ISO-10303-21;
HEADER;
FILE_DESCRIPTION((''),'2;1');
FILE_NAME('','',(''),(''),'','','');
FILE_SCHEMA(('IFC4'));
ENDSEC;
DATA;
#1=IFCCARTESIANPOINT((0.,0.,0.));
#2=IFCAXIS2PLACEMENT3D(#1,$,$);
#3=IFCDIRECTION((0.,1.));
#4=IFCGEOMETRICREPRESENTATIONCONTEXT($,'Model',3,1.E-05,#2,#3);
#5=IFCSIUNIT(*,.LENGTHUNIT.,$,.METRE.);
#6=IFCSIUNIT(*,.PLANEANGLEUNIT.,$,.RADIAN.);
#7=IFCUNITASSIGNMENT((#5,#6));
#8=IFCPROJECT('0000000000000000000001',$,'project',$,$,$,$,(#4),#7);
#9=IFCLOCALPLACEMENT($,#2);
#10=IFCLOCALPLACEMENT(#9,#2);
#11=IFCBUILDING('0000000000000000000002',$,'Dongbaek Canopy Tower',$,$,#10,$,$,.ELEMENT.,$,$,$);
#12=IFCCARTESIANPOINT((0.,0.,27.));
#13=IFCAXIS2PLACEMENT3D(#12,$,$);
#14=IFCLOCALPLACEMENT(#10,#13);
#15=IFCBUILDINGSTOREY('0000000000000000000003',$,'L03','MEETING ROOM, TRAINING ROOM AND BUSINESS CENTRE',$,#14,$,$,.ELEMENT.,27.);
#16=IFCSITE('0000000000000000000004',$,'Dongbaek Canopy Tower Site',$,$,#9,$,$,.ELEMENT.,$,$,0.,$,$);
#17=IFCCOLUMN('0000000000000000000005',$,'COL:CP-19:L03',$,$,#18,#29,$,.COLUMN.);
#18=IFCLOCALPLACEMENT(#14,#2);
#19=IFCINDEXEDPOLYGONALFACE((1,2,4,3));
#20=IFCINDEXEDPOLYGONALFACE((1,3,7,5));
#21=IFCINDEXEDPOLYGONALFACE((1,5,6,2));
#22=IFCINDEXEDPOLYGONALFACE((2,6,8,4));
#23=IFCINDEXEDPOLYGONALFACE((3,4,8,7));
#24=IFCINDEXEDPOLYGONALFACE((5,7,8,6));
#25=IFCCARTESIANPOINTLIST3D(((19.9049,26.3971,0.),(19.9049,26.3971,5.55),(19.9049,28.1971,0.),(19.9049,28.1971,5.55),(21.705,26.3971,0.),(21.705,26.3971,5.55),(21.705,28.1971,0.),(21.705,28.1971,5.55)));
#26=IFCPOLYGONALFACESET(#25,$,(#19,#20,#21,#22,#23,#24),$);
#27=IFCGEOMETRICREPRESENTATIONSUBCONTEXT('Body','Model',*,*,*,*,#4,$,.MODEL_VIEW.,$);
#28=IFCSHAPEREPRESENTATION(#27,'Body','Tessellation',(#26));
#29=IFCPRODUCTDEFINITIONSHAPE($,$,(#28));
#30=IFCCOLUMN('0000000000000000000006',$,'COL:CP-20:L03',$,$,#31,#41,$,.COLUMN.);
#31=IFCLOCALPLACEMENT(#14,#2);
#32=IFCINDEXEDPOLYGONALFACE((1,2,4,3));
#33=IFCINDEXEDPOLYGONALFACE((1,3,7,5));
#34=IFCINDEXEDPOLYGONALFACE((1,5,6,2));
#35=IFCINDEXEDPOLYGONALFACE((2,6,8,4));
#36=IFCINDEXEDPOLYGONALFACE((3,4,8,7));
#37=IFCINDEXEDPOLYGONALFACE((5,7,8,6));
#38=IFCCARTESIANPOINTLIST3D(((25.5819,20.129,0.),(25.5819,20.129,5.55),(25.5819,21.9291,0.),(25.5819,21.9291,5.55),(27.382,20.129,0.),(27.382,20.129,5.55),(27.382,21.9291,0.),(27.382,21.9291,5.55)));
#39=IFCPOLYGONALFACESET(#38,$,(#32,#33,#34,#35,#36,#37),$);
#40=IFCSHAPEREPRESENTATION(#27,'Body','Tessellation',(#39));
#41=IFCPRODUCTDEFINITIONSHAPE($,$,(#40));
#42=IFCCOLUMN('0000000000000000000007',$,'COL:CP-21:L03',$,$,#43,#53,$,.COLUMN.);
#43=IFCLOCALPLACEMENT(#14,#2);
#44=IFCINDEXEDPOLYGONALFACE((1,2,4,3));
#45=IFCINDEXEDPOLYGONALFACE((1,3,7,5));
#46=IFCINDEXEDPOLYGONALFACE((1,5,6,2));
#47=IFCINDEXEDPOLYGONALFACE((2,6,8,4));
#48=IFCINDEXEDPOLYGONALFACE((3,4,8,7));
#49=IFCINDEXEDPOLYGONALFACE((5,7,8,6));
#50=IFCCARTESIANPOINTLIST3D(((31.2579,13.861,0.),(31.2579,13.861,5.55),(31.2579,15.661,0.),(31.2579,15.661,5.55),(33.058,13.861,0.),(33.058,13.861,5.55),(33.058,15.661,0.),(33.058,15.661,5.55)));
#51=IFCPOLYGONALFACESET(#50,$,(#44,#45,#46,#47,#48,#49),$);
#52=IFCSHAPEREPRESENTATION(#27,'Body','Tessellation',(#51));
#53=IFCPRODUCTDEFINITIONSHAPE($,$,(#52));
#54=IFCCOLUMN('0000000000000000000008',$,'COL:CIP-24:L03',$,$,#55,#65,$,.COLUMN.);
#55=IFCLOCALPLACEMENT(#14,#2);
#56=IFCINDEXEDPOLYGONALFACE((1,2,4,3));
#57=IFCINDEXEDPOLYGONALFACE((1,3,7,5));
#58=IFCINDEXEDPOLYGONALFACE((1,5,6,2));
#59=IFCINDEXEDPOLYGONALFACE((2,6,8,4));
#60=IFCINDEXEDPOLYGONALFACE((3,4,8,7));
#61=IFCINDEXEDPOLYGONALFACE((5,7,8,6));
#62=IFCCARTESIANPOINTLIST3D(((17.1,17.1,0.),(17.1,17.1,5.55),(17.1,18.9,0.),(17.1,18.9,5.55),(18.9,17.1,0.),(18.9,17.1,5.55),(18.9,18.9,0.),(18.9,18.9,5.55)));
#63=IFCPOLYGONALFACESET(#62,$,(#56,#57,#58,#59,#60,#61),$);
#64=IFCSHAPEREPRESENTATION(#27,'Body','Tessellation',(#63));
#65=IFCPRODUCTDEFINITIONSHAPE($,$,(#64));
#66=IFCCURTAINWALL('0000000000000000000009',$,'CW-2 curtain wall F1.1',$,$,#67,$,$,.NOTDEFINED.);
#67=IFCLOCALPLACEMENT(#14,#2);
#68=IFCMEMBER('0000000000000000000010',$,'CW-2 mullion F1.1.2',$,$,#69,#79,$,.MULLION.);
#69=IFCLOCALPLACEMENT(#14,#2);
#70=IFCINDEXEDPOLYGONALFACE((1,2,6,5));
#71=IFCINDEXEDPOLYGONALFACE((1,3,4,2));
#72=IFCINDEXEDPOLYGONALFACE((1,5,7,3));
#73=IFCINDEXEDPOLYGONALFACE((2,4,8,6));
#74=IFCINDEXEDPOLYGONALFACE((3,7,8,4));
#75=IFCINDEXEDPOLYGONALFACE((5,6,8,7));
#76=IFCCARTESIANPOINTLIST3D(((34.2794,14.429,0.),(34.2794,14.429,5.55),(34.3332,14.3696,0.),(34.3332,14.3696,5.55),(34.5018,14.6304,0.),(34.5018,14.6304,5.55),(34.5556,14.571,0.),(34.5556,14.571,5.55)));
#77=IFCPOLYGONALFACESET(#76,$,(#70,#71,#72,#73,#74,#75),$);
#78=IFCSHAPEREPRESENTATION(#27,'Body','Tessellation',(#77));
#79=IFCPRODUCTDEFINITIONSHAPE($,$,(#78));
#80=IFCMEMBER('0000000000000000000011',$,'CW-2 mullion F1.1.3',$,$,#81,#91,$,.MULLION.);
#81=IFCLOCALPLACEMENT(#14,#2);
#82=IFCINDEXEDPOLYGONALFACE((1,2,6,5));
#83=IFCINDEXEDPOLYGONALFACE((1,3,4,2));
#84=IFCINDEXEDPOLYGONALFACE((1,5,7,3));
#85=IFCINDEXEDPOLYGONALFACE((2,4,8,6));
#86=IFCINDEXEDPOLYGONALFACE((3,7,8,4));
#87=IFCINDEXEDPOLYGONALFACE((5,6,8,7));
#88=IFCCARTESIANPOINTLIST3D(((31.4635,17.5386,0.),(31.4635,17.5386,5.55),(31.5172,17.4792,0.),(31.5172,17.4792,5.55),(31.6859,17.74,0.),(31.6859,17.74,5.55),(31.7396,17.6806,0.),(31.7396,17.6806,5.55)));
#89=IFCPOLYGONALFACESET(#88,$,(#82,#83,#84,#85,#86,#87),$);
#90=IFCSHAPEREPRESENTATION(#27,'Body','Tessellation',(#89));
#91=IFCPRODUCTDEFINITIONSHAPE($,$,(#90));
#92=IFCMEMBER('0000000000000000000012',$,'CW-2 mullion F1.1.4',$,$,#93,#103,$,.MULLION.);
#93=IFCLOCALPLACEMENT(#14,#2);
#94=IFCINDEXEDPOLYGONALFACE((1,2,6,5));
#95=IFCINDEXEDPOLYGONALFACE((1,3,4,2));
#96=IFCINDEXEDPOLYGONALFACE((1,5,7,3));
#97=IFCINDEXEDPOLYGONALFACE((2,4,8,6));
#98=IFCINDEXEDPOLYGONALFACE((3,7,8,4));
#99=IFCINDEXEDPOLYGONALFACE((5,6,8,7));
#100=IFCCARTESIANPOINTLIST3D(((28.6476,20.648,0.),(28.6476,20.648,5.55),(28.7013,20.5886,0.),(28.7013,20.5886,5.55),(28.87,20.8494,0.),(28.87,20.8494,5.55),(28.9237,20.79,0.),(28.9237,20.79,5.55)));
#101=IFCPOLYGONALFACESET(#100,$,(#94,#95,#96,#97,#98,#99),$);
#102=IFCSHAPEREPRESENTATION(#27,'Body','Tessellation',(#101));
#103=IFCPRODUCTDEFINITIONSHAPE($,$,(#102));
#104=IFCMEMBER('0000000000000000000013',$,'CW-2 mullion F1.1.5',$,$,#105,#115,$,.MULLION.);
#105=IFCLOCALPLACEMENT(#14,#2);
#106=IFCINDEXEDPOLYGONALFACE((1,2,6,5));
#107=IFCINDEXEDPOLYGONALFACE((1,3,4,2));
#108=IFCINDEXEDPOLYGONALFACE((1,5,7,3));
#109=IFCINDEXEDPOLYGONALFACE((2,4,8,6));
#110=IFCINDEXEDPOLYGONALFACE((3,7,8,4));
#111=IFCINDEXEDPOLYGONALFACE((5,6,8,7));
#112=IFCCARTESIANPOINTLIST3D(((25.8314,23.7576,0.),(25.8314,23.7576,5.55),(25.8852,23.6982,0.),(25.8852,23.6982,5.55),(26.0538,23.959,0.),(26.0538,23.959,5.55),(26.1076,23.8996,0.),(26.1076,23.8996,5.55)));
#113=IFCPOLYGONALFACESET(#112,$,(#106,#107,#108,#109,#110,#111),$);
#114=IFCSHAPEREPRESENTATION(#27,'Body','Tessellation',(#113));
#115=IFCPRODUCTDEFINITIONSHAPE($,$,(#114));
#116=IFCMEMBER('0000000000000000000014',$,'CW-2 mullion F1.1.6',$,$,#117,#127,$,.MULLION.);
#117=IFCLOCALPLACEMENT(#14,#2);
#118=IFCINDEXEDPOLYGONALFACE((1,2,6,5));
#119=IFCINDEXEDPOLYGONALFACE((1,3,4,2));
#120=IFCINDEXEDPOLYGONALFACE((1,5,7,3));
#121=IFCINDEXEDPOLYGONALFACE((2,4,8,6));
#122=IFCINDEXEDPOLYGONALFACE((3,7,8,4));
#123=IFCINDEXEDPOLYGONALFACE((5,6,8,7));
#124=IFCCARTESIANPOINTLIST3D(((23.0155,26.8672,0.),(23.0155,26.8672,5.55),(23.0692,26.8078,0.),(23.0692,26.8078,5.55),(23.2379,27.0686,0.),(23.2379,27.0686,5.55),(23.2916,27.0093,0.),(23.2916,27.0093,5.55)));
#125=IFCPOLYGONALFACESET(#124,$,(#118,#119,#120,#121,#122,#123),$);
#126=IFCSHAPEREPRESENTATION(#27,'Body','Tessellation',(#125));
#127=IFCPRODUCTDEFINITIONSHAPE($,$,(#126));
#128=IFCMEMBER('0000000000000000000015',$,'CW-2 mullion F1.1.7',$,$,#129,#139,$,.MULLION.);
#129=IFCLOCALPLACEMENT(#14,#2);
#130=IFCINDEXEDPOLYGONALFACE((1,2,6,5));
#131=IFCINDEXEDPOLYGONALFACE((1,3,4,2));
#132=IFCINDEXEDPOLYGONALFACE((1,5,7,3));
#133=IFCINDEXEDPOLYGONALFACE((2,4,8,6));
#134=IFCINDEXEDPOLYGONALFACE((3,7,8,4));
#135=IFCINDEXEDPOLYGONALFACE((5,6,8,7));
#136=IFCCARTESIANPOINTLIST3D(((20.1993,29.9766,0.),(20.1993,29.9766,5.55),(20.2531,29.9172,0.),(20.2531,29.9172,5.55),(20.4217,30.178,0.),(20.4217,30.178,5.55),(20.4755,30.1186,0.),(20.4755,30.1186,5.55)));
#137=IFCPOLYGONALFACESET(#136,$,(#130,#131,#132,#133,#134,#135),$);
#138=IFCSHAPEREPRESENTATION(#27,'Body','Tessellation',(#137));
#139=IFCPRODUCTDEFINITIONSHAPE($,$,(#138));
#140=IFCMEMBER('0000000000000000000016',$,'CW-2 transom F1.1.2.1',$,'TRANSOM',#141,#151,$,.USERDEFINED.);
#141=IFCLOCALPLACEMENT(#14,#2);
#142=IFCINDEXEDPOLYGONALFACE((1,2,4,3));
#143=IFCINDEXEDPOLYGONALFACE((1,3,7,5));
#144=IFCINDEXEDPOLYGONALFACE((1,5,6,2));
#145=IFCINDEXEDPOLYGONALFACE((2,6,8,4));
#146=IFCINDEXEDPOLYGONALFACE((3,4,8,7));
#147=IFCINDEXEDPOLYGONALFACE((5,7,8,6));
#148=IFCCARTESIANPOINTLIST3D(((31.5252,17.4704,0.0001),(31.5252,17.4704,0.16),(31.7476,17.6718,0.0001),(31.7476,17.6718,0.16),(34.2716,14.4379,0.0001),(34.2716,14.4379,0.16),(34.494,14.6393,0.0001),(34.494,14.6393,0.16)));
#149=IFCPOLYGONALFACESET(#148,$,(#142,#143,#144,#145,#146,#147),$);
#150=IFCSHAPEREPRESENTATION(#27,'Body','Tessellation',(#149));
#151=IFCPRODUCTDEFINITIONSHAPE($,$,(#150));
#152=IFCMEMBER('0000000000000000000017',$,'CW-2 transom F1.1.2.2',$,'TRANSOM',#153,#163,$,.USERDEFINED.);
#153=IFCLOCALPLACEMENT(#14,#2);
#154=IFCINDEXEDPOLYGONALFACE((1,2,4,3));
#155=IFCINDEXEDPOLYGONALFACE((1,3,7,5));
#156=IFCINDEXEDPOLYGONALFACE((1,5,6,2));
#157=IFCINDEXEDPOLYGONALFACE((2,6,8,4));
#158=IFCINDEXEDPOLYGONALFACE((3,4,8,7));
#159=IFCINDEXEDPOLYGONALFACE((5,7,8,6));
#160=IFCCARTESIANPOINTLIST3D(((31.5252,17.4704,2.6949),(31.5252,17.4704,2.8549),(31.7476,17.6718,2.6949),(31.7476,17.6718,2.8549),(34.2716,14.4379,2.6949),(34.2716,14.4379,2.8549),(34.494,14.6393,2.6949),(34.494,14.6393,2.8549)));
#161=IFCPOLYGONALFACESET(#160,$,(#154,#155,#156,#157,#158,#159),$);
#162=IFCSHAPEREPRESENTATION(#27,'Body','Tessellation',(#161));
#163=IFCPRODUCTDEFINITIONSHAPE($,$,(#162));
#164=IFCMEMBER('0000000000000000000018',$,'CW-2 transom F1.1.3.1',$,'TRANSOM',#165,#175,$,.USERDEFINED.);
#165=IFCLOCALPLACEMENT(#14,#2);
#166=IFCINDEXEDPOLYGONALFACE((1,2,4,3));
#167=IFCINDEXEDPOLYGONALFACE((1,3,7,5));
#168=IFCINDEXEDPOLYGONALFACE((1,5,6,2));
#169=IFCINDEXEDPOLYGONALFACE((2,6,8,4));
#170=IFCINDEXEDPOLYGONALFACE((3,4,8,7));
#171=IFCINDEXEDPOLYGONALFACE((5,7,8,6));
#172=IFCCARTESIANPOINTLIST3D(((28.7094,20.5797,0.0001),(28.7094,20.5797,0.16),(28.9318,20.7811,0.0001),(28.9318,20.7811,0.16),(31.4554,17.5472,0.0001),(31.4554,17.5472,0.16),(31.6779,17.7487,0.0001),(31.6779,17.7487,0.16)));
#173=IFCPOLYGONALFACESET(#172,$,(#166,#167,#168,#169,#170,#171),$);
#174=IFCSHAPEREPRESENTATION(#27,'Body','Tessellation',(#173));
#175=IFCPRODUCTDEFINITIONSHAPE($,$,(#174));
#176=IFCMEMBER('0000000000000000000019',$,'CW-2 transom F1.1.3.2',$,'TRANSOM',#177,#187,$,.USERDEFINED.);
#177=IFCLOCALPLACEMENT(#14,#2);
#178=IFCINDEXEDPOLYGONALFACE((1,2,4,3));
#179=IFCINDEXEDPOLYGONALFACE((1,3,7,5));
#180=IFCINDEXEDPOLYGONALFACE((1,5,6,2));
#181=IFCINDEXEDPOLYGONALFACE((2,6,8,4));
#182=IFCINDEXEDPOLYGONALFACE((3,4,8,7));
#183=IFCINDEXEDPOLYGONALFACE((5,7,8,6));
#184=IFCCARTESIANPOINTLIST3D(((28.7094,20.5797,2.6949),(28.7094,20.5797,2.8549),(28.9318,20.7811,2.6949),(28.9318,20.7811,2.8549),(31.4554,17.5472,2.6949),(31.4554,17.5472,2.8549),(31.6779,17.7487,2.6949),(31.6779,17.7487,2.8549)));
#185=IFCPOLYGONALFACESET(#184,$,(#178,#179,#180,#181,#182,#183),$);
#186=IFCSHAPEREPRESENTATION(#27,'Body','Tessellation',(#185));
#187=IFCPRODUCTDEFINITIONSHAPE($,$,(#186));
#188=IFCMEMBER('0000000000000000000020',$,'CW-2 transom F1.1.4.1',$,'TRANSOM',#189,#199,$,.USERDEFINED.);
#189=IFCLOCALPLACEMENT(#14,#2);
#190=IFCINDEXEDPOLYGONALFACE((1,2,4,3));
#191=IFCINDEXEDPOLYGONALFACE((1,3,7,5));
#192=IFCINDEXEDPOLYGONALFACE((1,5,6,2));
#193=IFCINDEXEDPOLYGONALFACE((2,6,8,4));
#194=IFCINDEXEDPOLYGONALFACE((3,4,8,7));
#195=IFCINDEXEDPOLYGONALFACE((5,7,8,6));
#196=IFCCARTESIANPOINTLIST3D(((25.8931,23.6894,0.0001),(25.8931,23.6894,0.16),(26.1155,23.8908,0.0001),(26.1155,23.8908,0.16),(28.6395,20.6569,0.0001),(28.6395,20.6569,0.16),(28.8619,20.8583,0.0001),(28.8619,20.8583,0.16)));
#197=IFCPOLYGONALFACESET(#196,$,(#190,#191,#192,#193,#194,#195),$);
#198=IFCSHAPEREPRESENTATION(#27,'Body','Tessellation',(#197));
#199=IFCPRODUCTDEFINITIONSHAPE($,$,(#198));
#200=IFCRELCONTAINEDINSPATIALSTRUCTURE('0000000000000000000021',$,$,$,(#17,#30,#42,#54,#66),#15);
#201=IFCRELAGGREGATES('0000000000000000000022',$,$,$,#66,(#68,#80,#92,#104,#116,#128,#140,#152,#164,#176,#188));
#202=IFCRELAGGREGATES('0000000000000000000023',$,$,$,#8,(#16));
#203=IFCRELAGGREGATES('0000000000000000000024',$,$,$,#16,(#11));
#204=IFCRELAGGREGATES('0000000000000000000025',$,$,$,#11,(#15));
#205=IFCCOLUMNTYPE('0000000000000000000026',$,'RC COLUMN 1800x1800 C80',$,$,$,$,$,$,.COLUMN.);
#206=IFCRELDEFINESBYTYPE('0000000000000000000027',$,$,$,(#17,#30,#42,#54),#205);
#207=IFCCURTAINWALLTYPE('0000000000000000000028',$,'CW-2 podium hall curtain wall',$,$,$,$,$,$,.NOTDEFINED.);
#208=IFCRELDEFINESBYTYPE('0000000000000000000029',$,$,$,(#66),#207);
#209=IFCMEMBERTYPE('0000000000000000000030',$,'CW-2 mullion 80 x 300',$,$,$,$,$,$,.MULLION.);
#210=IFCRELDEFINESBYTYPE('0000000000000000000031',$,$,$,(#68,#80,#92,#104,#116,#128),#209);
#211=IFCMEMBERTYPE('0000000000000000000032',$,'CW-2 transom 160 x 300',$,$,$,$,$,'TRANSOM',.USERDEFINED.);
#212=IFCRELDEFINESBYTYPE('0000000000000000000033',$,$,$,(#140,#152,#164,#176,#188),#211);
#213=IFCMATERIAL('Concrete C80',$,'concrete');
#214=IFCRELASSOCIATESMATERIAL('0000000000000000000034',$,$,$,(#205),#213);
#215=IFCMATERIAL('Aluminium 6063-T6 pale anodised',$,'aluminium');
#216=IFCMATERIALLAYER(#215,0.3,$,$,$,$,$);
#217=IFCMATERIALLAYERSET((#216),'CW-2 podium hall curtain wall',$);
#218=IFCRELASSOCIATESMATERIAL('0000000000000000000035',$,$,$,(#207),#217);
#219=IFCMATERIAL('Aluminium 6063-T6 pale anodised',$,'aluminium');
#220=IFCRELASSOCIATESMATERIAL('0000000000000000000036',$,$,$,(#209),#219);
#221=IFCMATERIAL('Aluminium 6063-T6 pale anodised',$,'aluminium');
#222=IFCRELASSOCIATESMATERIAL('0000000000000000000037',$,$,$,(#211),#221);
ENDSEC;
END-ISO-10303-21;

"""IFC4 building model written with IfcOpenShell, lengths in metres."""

from ifc_helpers import new_model, si_unit, direction, frame, origin, origin_2d, place, context, subcontext, project, spatial, rectangle, extrude, material, layer, layer_set, material_profile, profile_set, type_object, element, aggregate, save


model = new_model("IFC4")

# Units and contexts
model_context = context("Model", 3, precision=1e-05, world=origin(), true_north=direction((0.0, 1.0)))
body_context = subcontext(model_context, "Body", "Model", "MODEL_VIEW")
ifc_project = project(units=[si_unit("LENGTHUNIT", "METRE"), si_unit("PLANEANGLEUNIT", "RADIAN")], contexts=[model_context])

# Site, building, storey
site_placement = place(None, origin())
site = spatial("IfcSite", under=ifc_project, at=site_placement, Name="Dongbaek Canopy Tower Site", CompositionType="ELEMENT", RefElevation=0.0)
building_placement = place(site_placement, origin())
building = spatial("IfcBuilding", under=site, at=building_placement, Name="Dongbaek Canopy Tower", CompositionType="ELEMENT")
storey_placement = place(building_placement, frame((0.0, 0.0, 27.0)))
storey = spatial("IfcBuildingStorey", under=building, at=storey_placement, Name="L03", Description="MEETING ROOM, TRAINING ROOM AND BUSINESS CENTRE", CompositionType="ELEMENT", Elevation=27.0)

# Columns
ifc_material_1 = material(Name="Concrete C80", Category="concrete")
ifc_material_profile_1 = material_profile(ifc_material_1, rectangle(XDim=1.8, YDim=1.8, at=origin_2d()), Name="RC COLUMN 1800x1800 C80")
ifc_profile_set_1 = profile_set([ifc_material_profile_1], Name="Concrete C80")
column_type = type_object("IfcColumnType", Name="RC COLUMN 1800x1800 C80", PredefinedType="COLUMN", material=ifc_profile_set_1)
for number, where, z_axis, x_axis, name in (
    (1, (20.8049, 27.2971, 0.0), (0.0, 0.0, 1.0), (1.0, 0.0, 0.0), "COL:CP-19:L03"),
    (2, (26.4819, 21.0291, 0.0), (0.0, 0.0, 1.0), (1.0, 0.0, 0.0), "COL:CP-20:L03"),
    (3, (32.158, 14.761, 0.0), (0.0, 0.0, 1.0), (1.0, 0.0, 0.0), "COL:CP-21:L03"),
    (4, (18.0, 18.0, 0.0), (0.0, 0.0, 1.0), (1.0, 0.0, 0.0), "COL:CIP-24:L03"),
):
    element("IfcColumn", number, at=place(storey_placement, frame(where, z_axis=z_axis, x_axis=x_axis)), inside=storey, type_object=column_type, Name=name, PredefinedType="COLUMN", context=body_context, shape_type="SweptSolid", body=[
        extrude(rectangle(XDim=1.8, YDim=1.8, at=origin_2d()), origin(), (0.0, 0.0, 1.0), 5.55),
    ])

# Curtain wall, members
ifc_material_2 = material(Name="Aluminium 6063-T6 pale anodised", Category="aluminium")
ifc_layer_1 = layer(ifc_material_2, 0.3)
ifc_layer_set_1 = layer_set([ifc_layer_1], Name="CW-2 podium hall curtain wall")
curtain_wall_type = type_object("IfcCurtainWallType", Name="CW-2 podium hall curtain wall", PredefinedType="NOTDEFINED", material=ifc_layer_set_1)
curtain_wall_placement = place(storey_placement, origin())
curtain_wall = element("IfcCurtainWall", 5, at=curtain_wall_placement, inside=storey, type_object=curtain_wall_type, Name="CW-2 curtain wall F1.1", PredefinedType="NOTDEFINED")
ifc_material_3 = material(Name="Aluminium 6063-T6 pale anodised", Category="aluminium")
ifc_material_profile_2 = material_profile(ifc_material_3, rectangle(XDim=0.3, YDim=0.0801, at=origin_2d()), Name="CW-2 mullion 80 x 300")
ifc_profile_set_2 = profile_set([ifc_material_profile_2], Name="Aluminium 6063-T6 pale anodised")
member_type_1 = type_object("IfcMemberType", Name="CW-2 mullion 80 x 300", PredefinedType="MULLION", material=ifc_profile_set_2)
member_1_placement = place(storey_placement, frame((34.4175, 14.5, 0.0), z_axis=(0.0, 0.0, 1.0), x_axis=(0.741222, 0.67126, 0.0)))
member_1 = element("IfcMember", 6, at=member_1_placement, type_object=member_type_1, Name="CW-2 mullion F1.1.2", PredefinedType="MULLION", context=body_context, shape_type="SweptSolid", body=[
    extrude(rectangle(XDim=0.3, YDim=0.0801, at=origin_2d()), origin(), (0.0, 0.0, 1.0), 5.55),
])
member_2_placement = place(storey_placement, frame((31.6016, 17.6096, 0.0), z_axis=(0.0, 0.0, 1.0), x_axis=(0.741222, 0.67126, 0.0)))
member_2 = element("IfcMember", 7, at=member_2_placement, type_object=member_type_1, Name="CW-2 mullion F1.1.3", PredefinedType="MULLION", context=body_context, shape_type="SweptSolid", body=[
    extrude(rectangle(XDim=0.3, YDim=0.0801, at=origin_2d()), origin(), (0.0, 0.0, 1.0), 5.55),
])
member_3_placement = place(storey_placement, frame((28.7856, 20.719, 0.0), z_axis=(0.0, 0.0, 1.0), x_axis=(0.741222, 0.67126, 0.0)))
member_3 = element("IfcMember", 8, at=member_3_placement, type_object=member_type_1, Name="CW-2 mullion F1.1.4", PredefinedType="MULLION", context=body_context, shape_type="SweptSolid", body=[
    extrude(rectangle(XDim=0.3, YDim=0.0801, at=origin_2d()), origin(), (0.0, 0.0, 1.0), 5.55),
])
member_4_placement = place(storey_placement, frame((25.9695, 23.8286, 0.0), z_axis=(0.0, 0.0, 1.0), x_axis=(0.741222, 0.67126, 0.0)))
member_4 = element("IfcMember", 9, at=member_4_placement, type_object=member_type_1, Name="CW-2 mullion F1.1.5", PredefinedType="MULLION", context=body_context, shape_type="SweptSolid", body=[
    extrude(rectangle(XDim=0.3, YDim=0.0801, at=origin_2d()), origin(), (0.0, 0.0, 1.0), 5.55),
])
member_5_placement = place(storey_placement, frame((23.1536, 26.9382, 0.0), z_axis=(0.0, 0.0, 1.0), x_axis=(0.741222, 0.67126, 0.0)))
member_5 = element("IfcMember", 10, at=member_5_placement, type_object=member_type_1, Name="CW-2 mullion F1.1.6", PredefinedType="MULLION", context=body_context, shape_type="SweptSolid", body=[
    extrude(rectangle(XDim=0.3, YDim=0.0801, at=origin_2d()), origin(), (0.0, 0.0, 1.0), 5.55),
])
member_6_placement = place(storey_placement, frame((20.3374, 30.0476, 0.0), z_axis=(0.0, 0.0, 1.0), x_axis=(0.741222, 0.67126, 0.0)))
member_6 = element("IfcMember", 11, at=member_6_placement, type_object=member_type_1, Name="CW-2 mullion F1.1.7", PredefinedType="MULLION", context=body_context, shape_type="SweptSolid", body=[
    extrude(rectangle(XDim=0.3, YDim=0.0801, at=origin_2d()), origin(), (0.0, 0.0, 1.0), 5.55),
])
ifc_material_4 = material(Name="Aluminium 6063-T6 pale anodised", Category="aluminium")
ifc_material_profile_3 = material_profile(ifc_material_4, rectangle(XDim=0.3, YDim=0.1599, at=origin_2d()), Name="CW-2 transom 160 x 300")
ifc_profile_set_3 = profile_set([ifc_material_profile_3], Name="Aluminium 6063-T6 pale anodised")
member_type_2 = type_object("IfcMemberType", Name="CW-2 transom 160 x 300", ElementType="TRANSOM", PredefinedType="USERDEFINED", material=ifc_profile_set_3)
member_7_placement = place(storey_placement, frame((34.3828, 14.5386, 0.0801), z_axis=(-0.671273, 0.741211, 0.0), x_axis=(-0.741211, -0.671273, 0.0)))
member_7 = element("IfcMember", 12, at=member_7_placement, type_object=member_type_2, Name="CW-2 transom F1.1.2.1", ObjectType="TRANSOM", PredefinedType="USERDEFINED", context=body_context, shape_type="SweptSolid", body=[
    extrude(rectangle(XDim=0.3, YDim=0.1599, at=origin_2d()), origin(), (0.0, 0.0, 1.0), 4.0913),
])
member_8_placement = place(storey_placement, frame((34.3828, 14.5386, 2.7749), z_axis=(-0.671273, 0.741211, 0.0), x_axis=(-0.741211, -0.671273, 0.0)))
member_8 = element("IfcMember", 13, at=member_8_placement, type_object=member_type_2, Name="CW-2 transom F1.1.2.2", ObjectType="TRANSOM", PredefinedType="USERDEFINED", context=body_context, shape_type="SweptSolid", body=[
    extrude(rectangle(XDim=0.3, YDim=0.1599, at=origin_2d()), origin(), (0.0, 0.0, 1.0), 4.0913),
])
member_9_placement = place(storey_placement, frame((31.5667, 17.6479, 0.0801), z_axis=(-0.67124, 0.74124, 0.0), x_axis=(-0.74124, -0.67124, 0.0)))
member_9 = element("IfcMember", 14, at=member_9_placement, type_object=member_type_2, Name="CW-2 transom F1.1.3.1", ObjectType="TRANSOM", PredefinedType="USERDEFINED", context=body_context, shape_type="SweptSolid", body=[
    extrude(rectangle(XDim=0.3, YDim=0.1599, at=origin_2d()), origin(), (0.0, 0.0, 1.0), 4.0911),
])
member_10_placement = place(storey_placement, frame((31.5667, 17.6479, 2.7749), z_axis=(-0.67124, 0.74124, 0.0), x_axis=(-0.74124, -0.67124, 0.0)))
member_10 = element("IfcMember", 15, at=member_10_placement, type_object=member_type_2, Name="CW-2 transom F1.1.3.2", ObjectType="TRANSOM", PredefinedType="USERDEFINED", context=body_context, shape_type="SweptSolid", body=[
    extrude(rectangle(XDim=0.3, YDim=0.1599, at=origin_2d()), origin(), (0.0, 0.0, 1.0), 4.0911),
])
member_11_placement = place(storey_placement, frame((28.7507, 20.7576, 0.0801), z_axis=(-0.671273, 0.741211, 0.0), x_axis=(-0.741211, -0.671273, 0.0)))
member_11 = element("IfcMember", 16, at=member_11_placement, type_object=member_type_2, Name="CW-2 transom F1.1.4.1", ObjectType="TRANSOM", PredefinedType="USERDEFINED", context=body_context, shape_type="SweptSolid", body=[
    extrude(rectangle(XDim=0.3, YDim=0.1599, at=origin_2d()), origin(), (0.0, 0.0, 1.0), 4.0913),
])
aggregate(curtain_wall, [member_1, member_2, member_3, member_4, member_5, member_6, member_7, member_8, member_9, member_10, member_11])

save(model, "model.ifc")
